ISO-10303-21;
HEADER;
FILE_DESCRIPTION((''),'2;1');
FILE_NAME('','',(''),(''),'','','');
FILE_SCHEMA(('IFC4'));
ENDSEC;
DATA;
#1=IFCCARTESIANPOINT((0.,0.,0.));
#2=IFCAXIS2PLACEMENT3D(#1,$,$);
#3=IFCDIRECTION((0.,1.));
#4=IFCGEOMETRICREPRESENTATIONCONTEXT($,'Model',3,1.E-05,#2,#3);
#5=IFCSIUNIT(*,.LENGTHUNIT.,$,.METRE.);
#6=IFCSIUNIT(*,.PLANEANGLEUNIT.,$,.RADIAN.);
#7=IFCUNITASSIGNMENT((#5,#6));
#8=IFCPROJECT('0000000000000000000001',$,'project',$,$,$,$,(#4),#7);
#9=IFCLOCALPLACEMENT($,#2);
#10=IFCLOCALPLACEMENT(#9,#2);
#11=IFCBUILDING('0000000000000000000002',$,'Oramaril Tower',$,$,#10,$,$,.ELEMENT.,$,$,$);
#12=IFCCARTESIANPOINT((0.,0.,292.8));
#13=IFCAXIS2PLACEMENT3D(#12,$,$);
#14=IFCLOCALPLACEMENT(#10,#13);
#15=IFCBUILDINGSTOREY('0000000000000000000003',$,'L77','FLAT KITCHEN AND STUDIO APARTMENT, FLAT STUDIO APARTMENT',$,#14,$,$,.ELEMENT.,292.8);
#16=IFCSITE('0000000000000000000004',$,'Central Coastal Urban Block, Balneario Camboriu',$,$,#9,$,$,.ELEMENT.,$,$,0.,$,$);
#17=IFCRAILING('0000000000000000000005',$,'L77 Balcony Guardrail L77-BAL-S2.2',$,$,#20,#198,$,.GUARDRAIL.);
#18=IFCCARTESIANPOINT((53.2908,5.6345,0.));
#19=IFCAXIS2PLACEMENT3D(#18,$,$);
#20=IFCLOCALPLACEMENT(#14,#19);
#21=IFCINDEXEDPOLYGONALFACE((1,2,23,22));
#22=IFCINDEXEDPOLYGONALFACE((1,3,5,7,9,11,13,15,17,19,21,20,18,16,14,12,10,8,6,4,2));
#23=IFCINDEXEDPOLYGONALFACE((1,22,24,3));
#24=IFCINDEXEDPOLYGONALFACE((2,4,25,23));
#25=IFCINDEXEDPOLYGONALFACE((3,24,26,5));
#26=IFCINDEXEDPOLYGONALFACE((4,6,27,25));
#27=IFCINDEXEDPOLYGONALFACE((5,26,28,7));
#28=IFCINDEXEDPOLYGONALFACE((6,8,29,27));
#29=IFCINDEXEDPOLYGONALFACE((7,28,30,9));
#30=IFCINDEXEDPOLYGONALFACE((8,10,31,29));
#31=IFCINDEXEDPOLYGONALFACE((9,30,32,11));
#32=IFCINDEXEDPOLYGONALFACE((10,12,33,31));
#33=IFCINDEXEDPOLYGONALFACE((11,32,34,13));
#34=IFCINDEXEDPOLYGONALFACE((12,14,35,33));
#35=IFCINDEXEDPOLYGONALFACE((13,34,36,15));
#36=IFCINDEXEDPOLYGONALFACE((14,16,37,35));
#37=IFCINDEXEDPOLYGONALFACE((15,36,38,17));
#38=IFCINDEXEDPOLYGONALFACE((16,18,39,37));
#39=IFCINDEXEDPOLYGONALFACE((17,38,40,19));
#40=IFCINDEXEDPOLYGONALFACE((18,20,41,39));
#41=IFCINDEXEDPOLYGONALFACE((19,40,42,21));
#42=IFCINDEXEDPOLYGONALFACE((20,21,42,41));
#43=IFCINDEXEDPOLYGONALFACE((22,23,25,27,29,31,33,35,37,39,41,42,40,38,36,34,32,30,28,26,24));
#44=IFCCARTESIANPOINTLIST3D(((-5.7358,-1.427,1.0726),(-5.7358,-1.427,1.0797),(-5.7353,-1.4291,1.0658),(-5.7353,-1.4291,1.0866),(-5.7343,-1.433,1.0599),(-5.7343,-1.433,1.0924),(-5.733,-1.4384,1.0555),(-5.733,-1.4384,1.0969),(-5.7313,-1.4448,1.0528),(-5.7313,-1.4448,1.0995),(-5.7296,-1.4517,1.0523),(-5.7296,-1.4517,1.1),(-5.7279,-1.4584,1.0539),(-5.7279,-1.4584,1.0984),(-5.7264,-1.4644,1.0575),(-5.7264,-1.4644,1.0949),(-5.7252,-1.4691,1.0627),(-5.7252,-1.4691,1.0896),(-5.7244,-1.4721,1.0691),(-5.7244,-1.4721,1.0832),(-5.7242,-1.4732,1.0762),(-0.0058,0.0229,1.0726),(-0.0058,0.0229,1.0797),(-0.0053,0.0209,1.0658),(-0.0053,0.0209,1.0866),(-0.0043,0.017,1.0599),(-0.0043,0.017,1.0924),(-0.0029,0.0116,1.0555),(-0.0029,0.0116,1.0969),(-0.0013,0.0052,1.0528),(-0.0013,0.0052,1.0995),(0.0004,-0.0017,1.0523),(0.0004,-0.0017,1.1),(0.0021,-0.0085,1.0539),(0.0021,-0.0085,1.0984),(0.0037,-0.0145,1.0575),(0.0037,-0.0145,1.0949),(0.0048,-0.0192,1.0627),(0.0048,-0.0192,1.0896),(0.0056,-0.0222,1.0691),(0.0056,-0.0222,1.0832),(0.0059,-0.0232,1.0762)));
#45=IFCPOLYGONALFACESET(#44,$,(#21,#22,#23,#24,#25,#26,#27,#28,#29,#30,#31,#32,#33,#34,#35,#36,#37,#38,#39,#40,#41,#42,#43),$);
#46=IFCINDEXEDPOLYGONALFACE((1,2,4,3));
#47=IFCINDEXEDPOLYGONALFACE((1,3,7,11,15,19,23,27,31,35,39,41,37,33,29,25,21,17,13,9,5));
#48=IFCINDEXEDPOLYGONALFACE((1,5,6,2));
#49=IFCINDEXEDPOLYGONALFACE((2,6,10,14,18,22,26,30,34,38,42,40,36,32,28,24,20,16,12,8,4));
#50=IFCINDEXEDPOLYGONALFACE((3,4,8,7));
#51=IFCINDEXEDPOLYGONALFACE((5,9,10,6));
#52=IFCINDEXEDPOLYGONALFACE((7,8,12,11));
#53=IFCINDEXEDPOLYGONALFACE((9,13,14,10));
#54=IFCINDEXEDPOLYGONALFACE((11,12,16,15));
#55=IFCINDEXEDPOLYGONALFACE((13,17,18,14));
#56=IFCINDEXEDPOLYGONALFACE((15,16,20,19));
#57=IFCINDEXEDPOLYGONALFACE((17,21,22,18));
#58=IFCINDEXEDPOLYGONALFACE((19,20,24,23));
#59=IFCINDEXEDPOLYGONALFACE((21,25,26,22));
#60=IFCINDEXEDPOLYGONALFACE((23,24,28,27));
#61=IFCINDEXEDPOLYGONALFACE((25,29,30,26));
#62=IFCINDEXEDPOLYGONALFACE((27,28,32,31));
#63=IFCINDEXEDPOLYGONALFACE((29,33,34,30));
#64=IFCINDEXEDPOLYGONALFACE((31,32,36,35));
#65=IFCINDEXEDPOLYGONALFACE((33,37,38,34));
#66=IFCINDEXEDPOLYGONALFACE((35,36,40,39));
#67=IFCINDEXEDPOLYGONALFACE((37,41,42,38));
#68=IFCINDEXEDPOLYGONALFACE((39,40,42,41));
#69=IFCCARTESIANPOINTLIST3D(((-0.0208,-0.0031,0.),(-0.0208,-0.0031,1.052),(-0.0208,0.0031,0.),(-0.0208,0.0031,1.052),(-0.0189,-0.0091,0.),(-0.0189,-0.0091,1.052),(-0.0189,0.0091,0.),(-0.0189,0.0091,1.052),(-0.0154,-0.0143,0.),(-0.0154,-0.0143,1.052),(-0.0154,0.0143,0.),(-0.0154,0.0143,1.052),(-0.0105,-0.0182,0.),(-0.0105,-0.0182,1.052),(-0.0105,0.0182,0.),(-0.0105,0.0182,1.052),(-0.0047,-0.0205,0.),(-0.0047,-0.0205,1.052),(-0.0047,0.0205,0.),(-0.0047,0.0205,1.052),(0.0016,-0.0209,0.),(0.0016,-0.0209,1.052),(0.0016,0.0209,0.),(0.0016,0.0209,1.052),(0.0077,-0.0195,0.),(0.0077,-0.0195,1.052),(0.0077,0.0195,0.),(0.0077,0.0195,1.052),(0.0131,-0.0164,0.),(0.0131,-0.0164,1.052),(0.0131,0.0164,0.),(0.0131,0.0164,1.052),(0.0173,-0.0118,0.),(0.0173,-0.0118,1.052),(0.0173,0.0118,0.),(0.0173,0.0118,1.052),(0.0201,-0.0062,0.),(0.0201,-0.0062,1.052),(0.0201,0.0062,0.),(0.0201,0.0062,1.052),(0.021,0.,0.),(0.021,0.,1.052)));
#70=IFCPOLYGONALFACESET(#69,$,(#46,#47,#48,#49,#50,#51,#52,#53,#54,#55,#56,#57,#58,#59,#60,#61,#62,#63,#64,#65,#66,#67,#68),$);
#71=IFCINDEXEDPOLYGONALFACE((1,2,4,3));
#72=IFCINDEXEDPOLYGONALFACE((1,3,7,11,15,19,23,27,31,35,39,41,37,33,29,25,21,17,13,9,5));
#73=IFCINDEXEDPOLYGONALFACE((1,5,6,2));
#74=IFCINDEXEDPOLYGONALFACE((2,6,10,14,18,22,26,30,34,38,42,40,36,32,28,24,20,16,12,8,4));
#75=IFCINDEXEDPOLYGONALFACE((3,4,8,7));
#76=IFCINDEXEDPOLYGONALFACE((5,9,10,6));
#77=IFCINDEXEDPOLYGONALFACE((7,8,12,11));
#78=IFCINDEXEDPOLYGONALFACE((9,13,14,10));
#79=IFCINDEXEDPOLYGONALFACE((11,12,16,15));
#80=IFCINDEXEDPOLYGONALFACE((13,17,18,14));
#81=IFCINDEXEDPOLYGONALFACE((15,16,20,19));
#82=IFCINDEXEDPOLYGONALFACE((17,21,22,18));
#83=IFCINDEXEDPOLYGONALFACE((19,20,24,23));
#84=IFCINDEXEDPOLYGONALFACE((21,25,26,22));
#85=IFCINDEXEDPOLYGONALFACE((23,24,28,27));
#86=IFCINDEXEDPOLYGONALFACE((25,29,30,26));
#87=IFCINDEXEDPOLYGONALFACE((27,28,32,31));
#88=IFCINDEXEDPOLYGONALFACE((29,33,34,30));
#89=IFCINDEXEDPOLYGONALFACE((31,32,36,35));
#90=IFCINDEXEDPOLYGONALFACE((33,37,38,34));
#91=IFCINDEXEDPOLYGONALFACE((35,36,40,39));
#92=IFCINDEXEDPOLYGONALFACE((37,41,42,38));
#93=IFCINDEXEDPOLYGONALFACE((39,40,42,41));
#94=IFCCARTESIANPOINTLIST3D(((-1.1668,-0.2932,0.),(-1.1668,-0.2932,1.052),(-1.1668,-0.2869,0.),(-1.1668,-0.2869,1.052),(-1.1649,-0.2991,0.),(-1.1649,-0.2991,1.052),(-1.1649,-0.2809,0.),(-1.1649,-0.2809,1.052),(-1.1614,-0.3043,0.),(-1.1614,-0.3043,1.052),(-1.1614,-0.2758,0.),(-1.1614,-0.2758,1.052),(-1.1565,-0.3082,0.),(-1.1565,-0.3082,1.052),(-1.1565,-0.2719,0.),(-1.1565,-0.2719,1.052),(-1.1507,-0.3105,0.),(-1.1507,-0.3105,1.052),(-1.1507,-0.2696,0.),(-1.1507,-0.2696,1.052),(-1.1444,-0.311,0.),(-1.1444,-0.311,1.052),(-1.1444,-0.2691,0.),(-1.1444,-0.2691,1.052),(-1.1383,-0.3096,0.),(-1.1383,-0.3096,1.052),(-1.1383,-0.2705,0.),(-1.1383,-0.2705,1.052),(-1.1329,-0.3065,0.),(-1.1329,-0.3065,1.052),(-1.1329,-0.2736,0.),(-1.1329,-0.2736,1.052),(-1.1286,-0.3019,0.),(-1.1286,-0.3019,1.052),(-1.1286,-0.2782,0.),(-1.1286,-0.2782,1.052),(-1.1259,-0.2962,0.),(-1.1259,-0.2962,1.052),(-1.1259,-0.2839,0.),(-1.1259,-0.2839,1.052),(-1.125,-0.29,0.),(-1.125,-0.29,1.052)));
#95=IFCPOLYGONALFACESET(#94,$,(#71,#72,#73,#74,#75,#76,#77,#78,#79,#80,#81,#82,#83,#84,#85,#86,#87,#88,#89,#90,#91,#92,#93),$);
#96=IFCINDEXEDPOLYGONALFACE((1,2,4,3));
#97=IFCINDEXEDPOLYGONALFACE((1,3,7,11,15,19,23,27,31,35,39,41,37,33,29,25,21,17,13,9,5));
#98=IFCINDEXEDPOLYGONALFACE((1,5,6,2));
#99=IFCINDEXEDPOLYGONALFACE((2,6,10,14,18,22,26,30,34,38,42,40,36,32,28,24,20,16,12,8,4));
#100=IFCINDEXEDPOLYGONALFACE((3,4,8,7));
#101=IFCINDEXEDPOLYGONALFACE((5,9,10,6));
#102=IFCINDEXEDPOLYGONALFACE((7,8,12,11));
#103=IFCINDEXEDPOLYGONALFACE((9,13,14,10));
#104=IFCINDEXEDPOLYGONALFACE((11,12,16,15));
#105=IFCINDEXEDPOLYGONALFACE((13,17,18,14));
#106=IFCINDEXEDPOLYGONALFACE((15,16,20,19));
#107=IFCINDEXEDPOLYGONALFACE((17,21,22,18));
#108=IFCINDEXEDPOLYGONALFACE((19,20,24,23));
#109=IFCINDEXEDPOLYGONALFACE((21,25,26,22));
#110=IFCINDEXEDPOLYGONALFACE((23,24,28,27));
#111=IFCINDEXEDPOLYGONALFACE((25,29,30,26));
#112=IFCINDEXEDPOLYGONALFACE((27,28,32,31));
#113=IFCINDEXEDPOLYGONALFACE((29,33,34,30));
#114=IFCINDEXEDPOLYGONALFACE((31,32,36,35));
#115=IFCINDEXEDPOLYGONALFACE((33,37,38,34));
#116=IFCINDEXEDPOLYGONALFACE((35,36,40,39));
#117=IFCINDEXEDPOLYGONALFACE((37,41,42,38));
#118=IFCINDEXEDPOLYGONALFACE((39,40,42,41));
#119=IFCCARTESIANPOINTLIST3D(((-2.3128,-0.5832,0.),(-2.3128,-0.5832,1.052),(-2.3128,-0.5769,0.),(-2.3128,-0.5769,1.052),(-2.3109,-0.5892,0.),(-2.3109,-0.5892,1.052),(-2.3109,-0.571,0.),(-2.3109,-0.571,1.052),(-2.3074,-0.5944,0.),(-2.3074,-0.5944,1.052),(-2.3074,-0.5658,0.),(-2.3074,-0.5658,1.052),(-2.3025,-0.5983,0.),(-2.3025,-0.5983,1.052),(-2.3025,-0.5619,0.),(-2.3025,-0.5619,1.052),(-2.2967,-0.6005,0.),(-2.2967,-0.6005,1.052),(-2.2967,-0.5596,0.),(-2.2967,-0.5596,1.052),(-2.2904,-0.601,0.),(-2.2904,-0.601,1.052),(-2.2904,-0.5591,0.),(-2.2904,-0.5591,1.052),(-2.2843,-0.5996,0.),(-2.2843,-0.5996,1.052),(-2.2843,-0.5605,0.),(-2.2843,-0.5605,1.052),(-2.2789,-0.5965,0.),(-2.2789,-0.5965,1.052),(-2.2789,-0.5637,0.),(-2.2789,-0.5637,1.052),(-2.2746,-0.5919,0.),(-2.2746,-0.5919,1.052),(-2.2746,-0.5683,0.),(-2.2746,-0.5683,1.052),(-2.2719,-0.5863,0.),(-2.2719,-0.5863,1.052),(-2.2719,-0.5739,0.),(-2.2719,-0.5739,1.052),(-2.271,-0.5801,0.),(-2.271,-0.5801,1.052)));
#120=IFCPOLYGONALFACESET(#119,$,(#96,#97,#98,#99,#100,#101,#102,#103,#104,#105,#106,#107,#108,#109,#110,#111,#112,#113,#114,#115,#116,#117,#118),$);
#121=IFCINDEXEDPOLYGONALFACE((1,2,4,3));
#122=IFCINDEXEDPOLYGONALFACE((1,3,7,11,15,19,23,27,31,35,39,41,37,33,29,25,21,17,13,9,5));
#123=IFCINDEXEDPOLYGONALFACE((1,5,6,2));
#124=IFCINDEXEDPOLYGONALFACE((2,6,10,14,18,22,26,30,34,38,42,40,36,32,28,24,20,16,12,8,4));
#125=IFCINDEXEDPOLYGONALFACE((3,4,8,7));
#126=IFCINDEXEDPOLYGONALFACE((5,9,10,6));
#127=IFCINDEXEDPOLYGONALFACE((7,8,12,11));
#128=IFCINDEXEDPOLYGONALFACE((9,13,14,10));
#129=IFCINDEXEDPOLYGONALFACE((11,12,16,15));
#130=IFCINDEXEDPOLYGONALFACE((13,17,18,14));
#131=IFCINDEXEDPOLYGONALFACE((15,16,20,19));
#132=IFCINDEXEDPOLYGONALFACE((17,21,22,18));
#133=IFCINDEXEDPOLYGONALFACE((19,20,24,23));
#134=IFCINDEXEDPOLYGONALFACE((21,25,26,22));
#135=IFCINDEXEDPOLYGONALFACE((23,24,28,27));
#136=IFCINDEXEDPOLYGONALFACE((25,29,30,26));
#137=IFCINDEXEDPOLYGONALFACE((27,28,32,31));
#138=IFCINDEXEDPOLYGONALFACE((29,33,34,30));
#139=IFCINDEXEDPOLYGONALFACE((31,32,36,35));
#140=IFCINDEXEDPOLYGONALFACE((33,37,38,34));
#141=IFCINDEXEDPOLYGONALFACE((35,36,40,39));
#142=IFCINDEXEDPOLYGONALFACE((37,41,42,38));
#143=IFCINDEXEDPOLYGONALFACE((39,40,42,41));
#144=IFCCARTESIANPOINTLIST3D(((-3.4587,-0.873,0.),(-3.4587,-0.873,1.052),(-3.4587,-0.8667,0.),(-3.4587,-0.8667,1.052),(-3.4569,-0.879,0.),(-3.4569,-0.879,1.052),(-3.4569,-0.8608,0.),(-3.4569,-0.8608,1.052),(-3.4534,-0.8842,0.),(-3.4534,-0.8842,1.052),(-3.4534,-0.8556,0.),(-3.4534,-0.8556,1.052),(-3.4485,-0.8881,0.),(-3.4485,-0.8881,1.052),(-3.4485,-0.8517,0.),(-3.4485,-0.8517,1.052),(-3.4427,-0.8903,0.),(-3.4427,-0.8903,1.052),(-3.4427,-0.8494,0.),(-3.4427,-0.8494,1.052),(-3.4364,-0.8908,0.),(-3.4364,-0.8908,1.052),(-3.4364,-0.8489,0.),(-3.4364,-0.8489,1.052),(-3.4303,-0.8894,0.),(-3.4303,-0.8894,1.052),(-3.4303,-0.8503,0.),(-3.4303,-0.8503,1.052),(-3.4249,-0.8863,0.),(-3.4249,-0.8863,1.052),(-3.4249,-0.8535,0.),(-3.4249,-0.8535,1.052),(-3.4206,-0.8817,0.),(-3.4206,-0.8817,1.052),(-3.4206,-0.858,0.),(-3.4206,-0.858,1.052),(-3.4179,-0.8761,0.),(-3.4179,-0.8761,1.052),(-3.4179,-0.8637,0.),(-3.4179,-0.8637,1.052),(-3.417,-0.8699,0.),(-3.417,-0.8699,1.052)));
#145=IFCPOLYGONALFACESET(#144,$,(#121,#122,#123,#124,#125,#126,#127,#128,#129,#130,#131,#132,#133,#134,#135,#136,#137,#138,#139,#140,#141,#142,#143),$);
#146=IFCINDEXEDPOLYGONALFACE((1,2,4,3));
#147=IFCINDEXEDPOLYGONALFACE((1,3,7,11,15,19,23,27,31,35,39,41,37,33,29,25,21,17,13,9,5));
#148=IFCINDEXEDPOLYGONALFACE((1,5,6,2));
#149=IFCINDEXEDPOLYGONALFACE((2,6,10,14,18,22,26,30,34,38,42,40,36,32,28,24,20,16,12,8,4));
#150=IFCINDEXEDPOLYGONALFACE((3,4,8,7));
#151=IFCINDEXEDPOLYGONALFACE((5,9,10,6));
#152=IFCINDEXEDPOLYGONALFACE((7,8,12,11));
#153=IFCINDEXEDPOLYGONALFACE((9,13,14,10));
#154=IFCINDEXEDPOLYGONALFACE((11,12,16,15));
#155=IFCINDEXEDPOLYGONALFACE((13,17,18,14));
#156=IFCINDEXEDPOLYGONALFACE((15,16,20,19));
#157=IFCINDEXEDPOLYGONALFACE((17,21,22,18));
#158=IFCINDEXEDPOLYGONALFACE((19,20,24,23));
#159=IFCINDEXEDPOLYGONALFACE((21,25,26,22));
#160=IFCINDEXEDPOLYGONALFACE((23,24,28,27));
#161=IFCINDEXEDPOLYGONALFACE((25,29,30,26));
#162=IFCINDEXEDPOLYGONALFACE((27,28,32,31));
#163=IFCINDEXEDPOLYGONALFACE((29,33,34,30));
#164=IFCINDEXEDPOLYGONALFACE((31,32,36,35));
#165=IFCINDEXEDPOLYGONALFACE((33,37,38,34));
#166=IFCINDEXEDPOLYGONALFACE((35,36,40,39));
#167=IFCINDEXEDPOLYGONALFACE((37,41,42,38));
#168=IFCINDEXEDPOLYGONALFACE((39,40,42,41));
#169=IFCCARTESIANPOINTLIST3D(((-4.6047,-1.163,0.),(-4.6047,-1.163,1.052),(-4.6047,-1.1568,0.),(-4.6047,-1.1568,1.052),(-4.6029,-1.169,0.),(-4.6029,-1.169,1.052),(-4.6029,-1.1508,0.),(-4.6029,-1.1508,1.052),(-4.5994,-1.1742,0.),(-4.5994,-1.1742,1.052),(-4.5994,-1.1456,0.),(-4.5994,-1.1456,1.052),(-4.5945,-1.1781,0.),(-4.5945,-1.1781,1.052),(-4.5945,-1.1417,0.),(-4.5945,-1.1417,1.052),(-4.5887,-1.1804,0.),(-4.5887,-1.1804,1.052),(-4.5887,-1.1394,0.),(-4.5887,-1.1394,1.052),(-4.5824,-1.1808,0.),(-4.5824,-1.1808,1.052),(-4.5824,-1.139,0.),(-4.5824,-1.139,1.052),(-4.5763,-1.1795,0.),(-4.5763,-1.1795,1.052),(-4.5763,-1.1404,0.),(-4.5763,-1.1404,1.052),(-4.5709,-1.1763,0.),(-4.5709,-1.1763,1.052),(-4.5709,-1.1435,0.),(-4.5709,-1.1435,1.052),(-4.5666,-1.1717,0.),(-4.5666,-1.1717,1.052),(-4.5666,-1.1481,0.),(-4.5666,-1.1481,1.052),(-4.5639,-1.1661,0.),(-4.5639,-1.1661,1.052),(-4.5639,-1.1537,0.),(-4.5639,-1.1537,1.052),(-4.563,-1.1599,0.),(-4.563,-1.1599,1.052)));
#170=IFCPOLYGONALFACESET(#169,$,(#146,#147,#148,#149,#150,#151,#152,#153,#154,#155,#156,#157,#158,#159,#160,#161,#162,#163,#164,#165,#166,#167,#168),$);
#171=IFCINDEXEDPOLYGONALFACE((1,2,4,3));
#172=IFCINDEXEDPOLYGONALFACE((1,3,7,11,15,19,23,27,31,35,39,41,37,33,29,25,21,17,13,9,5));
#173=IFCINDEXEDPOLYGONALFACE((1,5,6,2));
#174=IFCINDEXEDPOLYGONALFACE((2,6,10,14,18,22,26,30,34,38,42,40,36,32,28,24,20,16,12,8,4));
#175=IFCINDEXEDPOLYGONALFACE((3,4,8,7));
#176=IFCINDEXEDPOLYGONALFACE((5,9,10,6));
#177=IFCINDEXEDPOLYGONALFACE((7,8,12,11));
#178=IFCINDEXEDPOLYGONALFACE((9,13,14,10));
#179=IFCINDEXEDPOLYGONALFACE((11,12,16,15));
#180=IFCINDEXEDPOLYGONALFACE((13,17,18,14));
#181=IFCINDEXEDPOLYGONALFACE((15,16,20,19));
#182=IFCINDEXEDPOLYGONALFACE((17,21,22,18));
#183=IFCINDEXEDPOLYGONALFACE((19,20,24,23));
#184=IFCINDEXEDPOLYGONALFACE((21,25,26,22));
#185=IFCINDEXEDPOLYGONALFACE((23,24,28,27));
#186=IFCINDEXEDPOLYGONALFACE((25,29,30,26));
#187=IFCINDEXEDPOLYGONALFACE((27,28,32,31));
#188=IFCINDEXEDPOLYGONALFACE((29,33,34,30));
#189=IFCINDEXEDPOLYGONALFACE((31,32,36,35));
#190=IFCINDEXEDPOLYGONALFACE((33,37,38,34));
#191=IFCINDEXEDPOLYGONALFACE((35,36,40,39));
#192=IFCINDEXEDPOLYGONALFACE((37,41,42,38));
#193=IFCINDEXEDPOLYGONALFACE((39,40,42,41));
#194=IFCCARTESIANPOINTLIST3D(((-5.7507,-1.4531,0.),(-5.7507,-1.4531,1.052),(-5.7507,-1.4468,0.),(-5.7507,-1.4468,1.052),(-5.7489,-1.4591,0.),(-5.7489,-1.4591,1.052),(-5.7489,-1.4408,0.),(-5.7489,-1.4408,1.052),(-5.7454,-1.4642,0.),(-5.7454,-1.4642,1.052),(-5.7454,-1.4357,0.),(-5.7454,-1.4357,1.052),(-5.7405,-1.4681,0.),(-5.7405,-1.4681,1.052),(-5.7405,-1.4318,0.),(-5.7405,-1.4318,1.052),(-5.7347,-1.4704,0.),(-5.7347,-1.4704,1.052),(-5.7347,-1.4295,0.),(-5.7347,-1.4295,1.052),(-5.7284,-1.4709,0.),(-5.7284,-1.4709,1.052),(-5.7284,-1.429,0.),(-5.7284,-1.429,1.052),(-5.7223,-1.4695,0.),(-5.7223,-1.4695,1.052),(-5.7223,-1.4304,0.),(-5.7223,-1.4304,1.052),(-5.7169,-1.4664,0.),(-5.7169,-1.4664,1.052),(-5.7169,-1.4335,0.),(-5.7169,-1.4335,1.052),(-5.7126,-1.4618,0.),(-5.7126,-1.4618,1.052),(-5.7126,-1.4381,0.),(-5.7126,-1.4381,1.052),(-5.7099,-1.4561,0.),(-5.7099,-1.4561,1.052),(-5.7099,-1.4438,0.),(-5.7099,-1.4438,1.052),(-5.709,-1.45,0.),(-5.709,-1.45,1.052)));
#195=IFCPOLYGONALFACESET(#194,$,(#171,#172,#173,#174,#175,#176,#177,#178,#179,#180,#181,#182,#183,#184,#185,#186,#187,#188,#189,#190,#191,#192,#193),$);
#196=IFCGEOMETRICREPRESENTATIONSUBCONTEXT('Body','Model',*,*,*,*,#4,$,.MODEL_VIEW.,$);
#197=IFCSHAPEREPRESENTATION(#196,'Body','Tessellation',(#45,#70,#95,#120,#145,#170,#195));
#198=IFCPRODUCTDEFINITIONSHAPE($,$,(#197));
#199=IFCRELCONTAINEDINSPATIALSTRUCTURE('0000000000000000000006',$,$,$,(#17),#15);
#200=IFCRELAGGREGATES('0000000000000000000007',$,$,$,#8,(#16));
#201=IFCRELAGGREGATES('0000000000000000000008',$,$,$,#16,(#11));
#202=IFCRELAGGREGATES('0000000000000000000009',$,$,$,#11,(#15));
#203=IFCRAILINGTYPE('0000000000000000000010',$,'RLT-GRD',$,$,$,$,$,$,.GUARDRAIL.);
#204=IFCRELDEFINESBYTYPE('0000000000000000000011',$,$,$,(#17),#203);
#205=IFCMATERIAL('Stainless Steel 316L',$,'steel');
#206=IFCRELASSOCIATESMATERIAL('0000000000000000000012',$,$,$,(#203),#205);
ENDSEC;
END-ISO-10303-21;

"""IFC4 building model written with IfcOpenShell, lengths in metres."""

from ifc_helpers import new_model, si_unit, direction, frame, origin, origin_2d, place, context, subcontext, project, spatial, circle, extrude, material, type_object, element, save


model = new_model("IFC4")

# Units and contexts
model_context = context("Model", 3, precision=1e-05, world=origin(), true_north=direction((0.0, 1.0)))
body_context = subcontext(model_context, "Body", "Model", "MODEL_VIEW")
ifc_project = project(units=[si_unit("LENGTHUNIT", "METRE"), si_unit("PLANEANGLEUNIT", "RADIAN")], contexts=[model_context])

# Site, building, storey
site_placement = place(None, origin())
site = spatial("IfcSite", under=ifc_project, at=site_placement, Name="Central Coastal Urban Block, Balneario Camboriu", CompositionType="ELEMENT", RefElevation=0.0)
building_placement = place(site_placement, origin())
building = spatial("IfcBuilding", under=site, at=building_placement, Name="Oramaril Tower", CompositionType="ELEMENT")
storey_placement = place(building_placement, frame((0.0, 0.0, 292.8)))
storey = spatial("IfcBuildingStorey", under=building, at=storey_placement, Name="L77", Description="FLAT KITCHEN AND STUDIO APARTMENT, FLAT STUDIO APARTMENT", CompositionType="ELEMENT", Elevation=292.8)

# Railing
ifc_material_1 = material(Name="Stainless Steel 316L", Category="steel")
railing_type = type_object("IfcRailingType", Name="RLT-GRD", PredefinedType="GUARDRAIL", material=ifc_material_1)
railing_1_placement = place(storey_placement, frame((53.2908, 5.6345, 0.0)))
element("IfcRailing", 1, at=railing_1_placement, inside=storey, type_object=railing_type, Name="L77 Balcony Guardrail L77-BAL-S2.2", PredefinedType="GUARDRAIL", context=body_context, shape_type="SweptSolid", body=[
    extrude(circle(Radius=0.0239, at=origin_2d()), frame((0.0, 0.0, 1.0762), z_axis=(-0.969444, -0.245314, 0.0), x_axis=(0.245314, -0.969444, 0.0)), (0.0, 0.0, 1.0), 5.9106),
    extrude(circle(Radius=0.021, at=origin_2d()), origin(), (0.0, 0.0, 1.0), 1.052),
    extrude(circle(Radius=0.021, at=origin_2d()), frame((-1.146, -0.29, 0.0)), (0.0, 0.0, 1.0), 1.052),
    extrude(circle(Radius=0.021, at=origin_2d()), frame((-2.292, -0.5801, 0.0)), (0.0, 0.0, 1.0), 1.052),
    extrude(circle(Radius=0.021, at=origin_2d()), frame((-3.438, -0.8699, 0.0)), (0.0, 0.0, 1.0), 1.052),
    extrude(circle(Radius=0.021, at=origin_2d()), frame((-4.584, -1.1599, 0.0)), (0.0, 0.0, 1.0), 1.052),
    extrude(circle(Radius=0.021, at=origin_2d()), frame((-5.73, -1.45, 0.0)), (0.0, 0.0, 1.0), 1.052),
])

save(model, "model.ifc")
